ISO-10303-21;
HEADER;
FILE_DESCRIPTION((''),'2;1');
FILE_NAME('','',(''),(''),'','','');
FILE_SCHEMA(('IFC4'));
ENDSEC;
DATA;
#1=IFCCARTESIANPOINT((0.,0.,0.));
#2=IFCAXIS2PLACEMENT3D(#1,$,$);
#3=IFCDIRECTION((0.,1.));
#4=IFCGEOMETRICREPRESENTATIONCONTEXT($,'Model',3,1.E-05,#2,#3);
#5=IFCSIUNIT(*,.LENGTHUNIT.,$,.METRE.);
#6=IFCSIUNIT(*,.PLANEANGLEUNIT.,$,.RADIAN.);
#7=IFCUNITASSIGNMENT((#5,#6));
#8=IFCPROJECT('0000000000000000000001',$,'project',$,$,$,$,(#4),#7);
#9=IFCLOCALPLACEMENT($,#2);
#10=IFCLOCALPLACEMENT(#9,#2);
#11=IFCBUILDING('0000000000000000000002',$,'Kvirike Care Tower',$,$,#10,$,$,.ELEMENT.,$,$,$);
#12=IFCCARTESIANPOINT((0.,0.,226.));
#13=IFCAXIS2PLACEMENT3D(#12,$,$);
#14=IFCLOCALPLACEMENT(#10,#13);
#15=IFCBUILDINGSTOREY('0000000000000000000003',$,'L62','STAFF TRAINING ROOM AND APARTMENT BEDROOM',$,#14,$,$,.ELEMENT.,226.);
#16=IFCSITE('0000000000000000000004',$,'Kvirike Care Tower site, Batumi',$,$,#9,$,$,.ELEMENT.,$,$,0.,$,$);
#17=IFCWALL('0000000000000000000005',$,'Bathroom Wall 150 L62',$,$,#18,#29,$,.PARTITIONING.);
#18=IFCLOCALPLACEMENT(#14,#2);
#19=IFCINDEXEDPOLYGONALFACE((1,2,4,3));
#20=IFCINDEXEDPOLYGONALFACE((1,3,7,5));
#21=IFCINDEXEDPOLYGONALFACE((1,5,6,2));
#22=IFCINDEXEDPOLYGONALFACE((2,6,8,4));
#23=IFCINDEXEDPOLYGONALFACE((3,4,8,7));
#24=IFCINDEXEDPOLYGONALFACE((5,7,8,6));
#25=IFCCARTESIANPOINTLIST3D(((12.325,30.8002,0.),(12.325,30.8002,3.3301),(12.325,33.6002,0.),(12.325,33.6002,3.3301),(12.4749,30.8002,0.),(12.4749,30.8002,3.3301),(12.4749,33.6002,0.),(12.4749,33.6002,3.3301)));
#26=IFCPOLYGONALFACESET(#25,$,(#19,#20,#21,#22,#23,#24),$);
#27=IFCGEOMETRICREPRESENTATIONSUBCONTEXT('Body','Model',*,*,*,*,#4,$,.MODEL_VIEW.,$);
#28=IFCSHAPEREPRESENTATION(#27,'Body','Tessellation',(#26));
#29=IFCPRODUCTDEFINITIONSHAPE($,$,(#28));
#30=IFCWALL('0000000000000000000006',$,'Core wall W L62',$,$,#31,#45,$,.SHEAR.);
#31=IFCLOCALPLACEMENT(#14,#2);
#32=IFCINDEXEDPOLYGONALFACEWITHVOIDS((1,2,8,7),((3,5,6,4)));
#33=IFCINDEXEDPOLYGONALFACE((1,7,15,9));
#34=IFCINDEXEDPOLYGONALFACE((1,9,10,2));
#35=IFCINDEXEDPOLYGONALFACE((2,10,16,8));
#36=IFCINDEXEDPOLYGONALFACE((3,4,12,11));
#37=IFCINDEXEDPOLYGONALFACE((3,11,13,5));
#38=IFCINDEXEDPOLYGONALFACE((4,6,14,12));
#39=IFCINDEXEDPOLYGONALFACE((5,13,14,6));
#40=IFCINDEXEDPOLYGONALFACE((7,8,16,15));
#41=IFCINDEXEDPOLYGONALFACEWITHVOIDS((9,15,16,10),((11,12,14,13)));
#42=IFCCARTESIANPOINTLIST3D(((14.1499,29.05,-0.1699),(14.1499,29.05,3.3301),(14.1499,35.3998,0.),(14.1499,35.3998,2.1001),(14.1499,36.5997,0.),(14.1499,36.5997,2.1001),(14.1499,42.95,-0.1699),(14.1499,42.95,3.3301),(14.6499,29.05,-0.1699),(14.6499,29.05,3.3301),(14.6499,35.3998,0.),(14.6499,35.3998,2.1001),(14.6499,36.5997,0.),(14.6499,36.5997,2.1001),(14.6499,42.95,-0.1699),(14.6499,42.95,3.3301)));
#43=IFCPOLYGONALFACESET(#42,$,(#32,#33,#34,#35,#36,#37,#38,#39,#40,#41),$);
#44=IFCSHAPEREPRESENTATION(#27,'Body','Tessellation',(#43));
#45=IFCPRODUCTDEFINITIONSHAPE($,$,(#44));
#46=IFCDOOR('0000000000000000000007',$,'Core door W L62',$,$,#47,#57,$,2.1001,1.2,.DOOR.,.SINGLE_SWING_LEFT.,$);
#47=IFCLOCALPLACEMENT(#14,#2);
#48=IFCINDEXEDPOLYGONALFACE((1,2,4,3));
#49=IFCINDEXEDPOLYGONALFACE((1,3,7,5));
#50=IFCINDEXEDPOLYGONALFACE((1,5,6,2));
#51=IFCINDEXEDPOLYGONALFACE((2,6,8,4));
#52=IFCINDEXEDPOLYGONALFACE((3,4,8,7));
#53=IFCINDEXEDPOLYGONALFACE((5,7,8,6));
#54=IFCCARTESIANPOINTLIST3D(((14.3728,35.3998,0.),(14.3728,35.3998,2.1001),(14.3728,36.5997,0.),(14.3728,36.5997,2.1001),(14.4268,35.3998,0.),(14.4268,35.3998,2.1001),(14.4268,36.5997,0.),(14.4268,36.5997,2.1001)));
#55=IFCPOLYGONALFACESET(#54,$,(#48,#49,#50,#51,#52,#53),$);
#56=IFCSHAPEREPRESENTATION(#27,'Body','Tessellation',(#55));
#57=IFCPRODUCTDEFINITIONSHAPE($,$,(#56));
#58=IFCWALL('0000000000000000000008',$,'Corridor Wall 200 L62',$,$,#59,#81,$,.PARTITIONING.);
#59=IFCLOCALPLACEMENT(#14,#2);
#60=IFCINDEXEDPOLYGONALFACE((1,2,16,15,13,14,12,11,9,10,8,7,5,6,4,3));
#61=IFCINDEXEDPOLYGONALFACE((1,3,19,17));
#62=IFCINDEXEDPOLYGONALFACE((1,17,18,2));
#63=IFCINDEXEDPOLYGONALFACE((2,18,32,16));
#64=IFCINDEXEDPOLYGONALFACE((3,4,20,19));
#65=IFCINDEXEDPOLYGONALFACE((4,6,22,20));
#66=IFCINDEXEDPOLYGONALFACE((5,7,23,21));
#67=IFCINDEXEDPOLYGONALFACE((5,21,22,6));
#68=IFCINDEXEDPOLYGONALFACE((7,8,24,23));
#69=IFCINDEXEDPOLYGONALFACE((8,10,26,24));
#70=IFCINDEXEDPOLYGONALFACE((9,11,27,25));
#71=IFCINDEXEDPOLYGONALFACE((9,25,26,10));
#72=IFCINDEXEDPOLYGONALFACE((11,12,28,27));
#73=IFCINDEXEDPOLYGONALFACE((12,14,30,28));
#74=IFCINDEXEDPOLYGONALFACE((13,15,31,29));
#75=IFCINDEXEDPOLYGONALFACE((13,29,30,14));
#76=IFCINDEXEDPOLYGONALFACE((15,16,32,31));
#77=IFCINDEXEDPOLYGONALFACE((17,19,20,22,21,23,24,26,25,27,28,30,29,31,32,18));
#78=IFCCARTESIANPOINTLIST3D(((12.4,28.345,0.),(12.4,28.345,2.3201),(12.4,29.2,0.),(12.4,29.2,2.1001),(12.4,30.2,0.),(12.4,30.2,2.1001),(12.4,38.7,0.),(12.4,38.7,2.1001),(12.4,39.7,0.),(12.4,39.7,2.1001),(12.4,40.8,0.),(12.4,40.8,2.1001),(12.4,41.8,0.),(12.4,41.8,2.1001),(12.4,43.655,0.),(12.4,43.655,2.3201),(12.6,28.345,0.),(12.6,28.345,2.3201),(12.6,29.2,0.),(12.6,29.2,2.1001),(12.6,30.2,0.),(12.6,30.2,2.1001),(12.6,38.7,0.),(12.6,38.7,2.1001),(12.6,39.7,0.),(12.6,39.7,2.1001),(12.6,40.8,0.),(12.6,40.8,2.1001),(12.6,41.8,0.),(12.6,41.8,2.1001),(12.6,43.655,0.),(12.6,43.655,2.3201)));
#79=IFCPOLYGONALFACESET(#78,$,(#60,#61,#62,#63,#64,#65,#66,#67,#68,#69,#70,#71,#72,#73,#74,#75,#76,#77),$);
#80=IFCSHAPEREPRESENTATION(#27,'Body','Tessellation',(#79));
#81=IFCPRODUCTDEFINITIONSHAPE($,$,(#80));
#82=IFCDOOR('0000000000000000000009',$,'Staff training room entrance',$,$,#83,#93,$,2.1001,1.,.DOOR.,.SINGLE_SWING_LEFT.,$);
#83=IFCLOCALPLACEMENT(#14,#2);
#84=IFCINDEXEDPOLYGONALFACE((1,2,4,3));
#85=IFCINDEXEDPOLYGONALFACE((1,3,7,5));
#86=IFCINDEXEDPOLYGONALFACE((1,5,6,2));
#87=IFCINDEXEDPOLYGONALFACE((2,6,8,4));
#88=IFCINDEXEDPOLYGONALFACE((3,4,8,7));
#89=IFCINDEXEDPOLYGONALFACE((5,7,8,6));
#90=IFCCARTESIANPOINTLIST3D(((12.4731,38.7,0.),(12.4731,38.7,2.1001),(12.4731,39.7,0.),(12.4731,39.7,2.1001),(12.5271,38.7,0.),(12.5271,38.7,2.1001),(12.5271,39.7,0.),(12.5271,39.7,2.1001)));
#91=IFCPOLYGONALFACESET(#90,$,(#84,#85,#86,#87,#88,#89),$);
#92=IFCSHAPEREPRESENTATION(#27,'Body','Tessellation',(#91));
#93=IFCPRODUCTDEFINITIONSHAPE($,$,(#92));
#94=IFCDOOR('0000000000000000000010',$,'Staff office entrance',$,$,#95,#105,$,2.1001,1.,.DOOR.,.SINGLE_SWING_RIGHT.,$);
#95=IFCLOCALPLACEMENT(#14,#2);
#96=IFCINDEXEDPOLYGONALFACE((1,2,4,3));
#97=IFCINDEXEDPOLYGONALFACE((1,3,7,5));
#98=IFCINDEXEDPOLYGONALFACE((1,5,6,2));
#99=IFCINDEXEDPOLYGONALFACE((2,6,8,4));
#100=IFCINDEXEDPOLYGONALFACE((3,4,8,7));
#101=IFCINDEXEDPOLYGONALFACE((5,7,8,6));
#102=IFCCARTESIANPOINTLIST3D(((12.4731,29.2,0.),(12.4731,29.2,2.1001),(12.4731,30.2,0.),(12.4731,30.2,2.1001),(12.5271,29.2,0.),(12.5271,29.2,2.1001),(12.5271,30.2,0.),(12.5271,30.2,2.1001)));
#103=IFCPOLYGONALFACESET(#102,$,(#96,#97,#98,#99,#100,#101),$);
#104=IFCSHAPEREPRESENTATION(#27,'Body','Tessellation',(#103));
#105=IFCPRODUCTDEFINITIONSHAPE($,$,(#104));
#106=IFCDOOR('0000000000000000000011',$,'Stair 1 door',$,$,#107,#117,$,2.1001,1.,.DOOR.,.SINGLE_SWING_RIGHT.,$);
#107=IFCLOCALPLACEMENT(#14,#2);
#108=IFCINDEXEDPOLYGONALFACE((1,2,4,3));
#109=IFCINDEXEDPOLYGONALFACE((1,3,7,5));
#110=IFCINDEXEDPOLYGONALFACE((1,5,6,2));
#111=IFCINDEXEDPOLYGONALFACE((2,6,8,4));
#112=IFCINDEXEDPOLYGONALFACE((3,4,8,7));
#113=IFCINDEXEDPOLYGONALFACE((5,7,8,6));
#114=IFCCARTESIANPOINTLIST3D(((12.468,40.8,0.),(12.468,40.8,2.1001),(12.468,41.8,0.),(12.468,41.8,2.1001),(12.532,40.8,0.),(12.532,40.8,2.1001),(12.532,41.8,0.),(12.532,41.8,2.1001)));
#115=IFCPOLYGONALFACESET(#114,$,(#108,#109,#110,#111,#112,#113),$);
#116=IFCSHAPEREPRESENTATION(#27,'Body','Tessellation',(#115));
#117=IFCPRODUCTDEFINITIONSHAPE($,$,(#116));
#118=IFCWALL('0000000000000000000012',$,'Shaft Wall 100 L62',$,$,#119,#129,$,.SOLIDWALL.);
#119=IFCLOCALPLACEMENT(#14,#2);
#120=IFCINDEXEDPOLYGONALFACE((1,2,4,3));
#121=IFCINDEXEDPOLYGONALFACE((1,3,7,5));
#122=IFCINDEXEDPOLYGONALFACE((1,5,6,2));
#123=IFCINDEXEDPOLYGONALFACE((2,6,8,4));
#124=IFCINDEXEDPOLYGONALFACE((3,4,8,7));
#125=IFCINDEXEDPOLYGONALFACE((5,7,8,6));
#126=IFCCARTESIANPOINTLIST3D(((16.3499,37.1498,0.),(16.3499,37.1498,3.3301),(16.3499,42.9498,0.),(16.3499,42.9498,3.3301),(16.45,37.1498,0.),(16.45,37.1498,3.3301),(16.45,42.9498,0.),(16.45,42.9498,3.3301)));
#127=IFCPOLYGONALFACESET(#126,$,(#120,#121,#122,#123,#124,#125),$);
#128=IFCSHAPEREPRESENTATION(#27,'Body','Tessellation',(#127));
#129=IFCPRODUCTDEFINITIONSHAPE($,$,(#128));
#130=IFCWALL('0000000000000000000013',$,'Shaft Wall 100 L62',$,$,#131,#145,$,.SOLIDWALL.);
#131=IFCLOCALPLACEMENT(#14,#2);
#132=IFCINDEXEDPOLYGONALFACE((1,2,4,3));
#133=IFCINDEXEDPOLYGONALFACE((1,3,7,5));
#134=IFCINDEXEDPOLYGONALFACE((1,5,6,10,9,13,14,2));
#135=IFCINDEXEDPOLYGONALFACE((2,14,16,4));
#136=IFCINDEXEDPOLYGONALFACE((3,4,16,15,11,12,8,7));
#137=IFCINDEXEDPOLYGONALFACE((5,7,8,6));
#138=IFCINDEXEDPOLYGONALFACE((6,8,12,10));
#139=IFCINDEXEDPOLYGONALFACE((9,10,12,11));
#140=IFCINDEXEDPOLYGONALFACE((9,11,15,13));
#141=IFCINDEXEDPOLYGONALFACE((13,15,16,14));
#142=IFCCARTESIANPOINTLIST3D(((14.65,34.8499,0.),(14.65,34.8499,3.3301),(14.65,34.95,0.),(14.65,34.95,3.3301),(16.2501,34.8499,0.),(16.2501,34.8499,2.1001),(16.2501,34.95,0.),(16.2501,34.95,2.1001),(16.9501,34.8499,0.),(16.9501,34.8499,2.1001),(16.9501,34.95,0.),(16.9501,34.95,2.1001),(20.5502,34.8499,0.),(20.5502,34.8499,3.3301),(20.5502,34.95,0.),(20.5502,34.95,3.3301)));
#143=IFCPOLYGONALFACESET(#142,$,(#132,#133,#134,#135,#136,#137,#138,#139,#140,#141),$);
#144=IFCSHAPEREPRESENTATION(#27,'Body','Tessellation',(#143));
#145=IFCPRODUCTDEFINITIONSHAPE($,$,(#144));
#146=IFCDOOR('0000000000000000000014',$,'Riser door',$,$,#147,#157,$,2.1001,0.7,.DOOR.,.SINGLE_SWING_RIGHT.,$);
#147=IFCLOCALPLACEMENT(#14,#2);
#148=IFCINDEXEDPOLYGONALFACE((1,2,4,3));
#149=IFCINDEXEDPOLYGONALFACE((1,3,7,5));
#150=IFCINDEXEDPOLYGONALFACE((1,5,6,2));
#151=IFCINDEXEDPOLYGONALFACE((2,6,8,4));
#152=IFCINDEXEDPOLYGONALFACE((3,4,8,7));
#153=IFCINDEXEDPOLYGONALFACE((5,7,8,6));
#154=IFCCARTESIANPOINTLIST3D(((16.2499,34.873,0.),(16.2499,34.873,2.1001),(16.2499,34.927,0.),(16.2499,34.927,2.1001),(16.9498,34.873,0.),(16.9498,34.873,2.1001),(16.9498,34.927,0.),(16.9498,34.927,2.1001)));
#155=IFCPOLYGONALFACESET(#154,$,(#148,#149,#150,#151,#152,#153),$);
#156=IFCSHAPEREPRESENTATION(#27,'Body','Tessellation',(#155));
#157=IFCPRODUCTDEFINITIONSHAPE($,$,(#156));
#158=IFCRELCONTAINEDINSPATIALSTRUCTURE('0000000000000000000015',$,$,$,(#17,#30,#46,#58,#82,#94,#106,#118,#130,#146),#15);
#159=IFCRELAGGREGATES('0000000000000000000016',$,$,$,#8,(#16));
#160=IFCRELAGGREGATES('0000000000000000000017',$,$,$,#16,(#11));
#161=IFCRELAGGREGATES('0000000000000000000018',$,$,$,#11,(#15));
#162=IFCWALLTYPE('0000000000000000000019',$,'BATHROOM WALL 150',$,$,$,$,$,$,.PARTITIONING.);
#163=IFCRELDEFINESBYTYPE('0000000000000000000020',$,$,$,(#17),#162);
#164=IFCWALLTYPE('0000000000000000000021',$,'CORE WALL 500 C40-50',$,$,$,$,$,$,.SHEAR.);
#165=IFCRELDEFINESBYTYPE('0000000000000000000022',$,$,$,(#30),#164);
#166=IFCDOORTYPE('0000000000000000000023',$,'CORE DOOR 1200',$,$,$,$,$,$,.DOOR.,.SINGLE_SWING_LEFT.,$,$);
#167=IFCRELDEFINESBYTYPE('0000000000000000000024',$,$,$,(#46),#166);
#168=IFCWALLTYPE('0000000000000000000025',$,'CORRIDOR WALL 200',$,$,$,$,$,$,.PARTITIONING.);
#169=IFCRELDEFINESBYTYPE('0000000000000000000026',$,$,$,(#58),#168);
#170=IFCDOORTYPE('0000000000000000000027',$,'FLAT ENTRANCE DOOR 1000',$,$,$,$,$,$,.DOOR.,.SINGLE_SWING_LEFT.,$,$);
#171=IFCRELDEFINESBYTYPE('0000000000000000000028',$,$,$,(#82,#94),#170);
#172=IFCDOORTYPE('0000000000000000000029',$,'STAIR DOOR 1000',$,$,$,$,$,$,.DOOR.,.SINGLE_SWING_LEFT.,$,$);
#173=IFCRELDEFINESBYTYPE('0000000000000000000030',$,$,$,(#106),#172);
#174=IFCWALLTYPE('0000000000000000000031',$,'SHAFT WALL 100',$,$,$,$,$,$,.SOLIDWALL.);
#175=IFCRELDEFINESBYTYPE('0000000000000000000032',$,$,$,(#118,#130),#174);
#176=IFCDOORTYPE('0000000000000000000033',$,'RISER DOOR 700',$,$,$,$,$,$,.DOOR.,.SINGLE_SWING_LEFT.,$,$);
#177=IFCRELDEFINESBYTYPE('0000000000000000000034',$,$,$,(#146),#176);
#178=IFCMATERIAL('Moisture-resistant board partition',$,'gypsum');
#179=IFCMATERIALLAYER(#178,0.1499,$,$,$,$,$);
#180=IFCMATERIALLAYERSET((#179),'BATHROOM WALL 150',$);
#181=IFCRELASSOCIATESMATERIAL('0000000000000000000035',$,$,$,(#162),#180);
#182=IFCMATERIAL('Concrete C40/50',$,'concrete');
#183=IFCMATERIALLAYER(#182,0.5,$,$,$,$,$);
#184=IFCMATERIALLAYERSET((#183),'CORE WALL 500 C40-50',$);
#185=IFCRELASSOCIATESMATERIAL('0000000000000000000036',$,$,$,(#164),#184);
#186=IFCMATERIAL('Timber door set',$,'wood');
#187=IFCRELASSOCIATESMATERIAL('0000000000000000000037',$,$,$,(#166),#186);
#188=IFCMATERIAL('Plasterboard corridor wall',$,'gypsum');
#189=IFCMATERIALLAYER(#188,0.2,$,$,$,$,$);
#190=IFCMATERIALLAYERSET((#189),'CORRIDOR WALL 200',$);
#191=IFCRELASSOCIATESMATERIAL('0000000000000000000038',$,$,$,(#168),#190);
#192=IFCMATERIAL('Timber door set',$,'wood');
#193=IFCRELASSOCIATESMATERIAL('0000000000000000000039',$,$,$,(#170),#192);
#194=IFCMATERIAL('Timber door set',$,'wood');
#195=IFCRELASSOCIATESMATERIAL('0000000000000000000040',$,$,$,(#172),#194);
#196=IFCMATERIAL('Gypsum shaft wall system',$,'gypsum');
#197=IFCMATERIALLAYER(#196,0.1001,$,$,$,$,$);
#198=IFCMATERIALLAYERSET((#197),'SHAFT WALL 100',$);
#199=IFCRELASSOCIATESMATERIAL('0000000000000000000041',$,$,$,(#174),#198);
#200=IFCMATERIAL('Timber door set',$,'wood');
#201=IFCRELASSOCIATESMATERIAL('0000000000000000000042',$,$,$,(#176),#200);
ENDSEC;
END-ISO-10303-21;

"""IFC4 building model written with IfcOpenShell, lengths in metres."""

from ifc_helpers import new_model, si_unit, direction, frame, frame_2d, origin, place, context, subcontext, project, spatial, rectangle, extrude, material, layer, layer_set, type_object, element, fill, save


model = new_model("IFC4")

# Units and contexts
model_context = context("Model", 3, precision=1e-05, world=origin(), true_north=direction((0.0, 1.0)))
body_context = subcontext(model_context, "Body", "Model", "MODEL_VIEW")
ifc_project = project(units=[si_unit("LENGTHUNIT", "METRE"), si_unit("PLANEANGLEUNIT", "RADIAN")], contexts=[model_context])

# Site, building, storey
site_placement = place(None, origin())
site = spatial("IfcSite", under=ifc_project, at=site_placement, Name="Kvirike Care Tower site, Batumi", CompositionType="ELEMENT", RefElevation=0.0)
building_placement = place(site_placement, origin())
building = spatial("IfcBuilding", under=site, at=building_placement, Name="Kvirike Care Tower", CompositionType="ELEMENT")
storey_placement = place(building_placement, frame((0.0, 0.0, 226.0)))
storey = spatial("IfcBuildingStorey", under=building, at=storey_placement, Name="L62", Description="STAFF TRAINING ROOM AND APARTMENT BEDROOM", CompositionType="ELEMENT", Elevation=226.0)

# Wall
ifc_material_1 = material(Name="Moisture-resistant board partition", Category="gypsum")
ifc_layer_1 = layer(ifc_material_1, 0.1499)
ifc_layer_set_1 = layer_set([ifc_layer_1], Name="BATHROOM WALL 150")
wall_type_1 = type_object("IfcWallType", Name="BATHROOM WALL 150", PredefinedType="PARTITIONING", material=ifc_layer_set_1)
wall_1_placement = place(storey_placement, frame((12.3999, 33.6001, 0.0), z_axis=(0.0, 0.0, 1.0), x_axis=(0.0, -1.0, 0.0)))
element("IfcWall", 1, at=wall_1_placement, inside=storey, type_object=wall_type_1, Name="Bathroom Wall 150 L62", PredefinedType="PARTITIONING", context=body_context, shape_type="SweptSolid", body=[
    extrude(rectangle(XDim=2.8, YDim=0.1499, at=frame_2d((1.3999, 0.0))), origin(), (0.0, 0.0, 1.0), 3.3301),
])

# Wall, opening, door
ifc_material_2 = material(Name="Concrete C40/50", Category="concrete")
ifc_layer_2 = layer(ifc_material_2, 0.5)
ifc_layer_set_2 = layer_set([ifc_layer_2], Name="CORE WALL 500 C40-50")
wall_type_2 = type_object("IfcWallType", Name="CORE WALL 500 C40-50", PredefinedType="SHEAR", material=ifc_layer_set_2)
wall_2_placement = place(storey_placement, frame((14.3999, 42.95, -0.1699), z_axis=(0.0, 0.0, 1.0), x_axis=(0.0, -1.0, 0.0)))
wall_2 = element("IfcWall", 2, at=wall_2_placement, inside=storey, type_object=wall_type_2, Name="Core wall W L62", PredefinedType="SHEAR", context=body_context, shape_type="SweptSolid", body=[
    extrude(rectangle(XDim=13.8999, YDim=0.5, at=frame_2d((6.95, 0.0))), origin(), (0.0, 0.0, 1.0), 3.5),
])
opening_1_placement = place(wall_2_placement, frame((6.3501, 0.0, 0.1699)))
opening_1 = element("IfcOpeningElement", 3, at=opening_1_placement, cuts=wall_2, PredefinedType="OPENING", context=body_context, shape_type="SweptSolid", body=[
    extrude(rectangle(XDim=1.2, YDim=2.1001, at=frame_2d((0.6001, 1.05))), frame((0.0, 0.2605, 0.0), z_axis=(0.0, -1.0, 0.0), x_axis=(1.0, 0.0, 0.0)), (0.0, 0.0, 1.0), 0.521),
])
ifc_material_3 = material(Name="Timber door set", Category="wood")
door_type_1 = type_object("IfcDoorType", Name="CORE DOOR 1200", OperationType="SINGLE_SWING_LEFT", PredefinedType="DOOR", material=ifc_material_3)
door_1_placement = place(opening_1_placement, origin())
door_1 = element("IfcDoor", 4, at=door_1_placement, inside=storey, type_object=door_type_1, Name="Core door W L62", OperationType="SINGLE_SWING_LEFT", OverallHeight=2.1001, OverallWidth=1.2, PredefinedType="DOOR", context=body_context, shape_type="SweptSolid", body=[
    extrude(rectangle(XDim=1.2, YDim=2.1001, at=frame_2d((0.6001, 1.05))), frame((0.0, 0.0269, 0.0), z_axis=(0.0, -1.0, 0.0), x_axis=(1.0, 0.0, 0.0)), (0.0, 0.0, 1.0), 0.054),
])
fill(opening_1, door_1)

# Wall, openings, doors
ifc_material_4 = material(Name="Plasterboard corridor wall", Category="gypsum")
ifc_layer_3 = layer(ifc_material_4, 0.2)
ifc_layer_set_3 = layer_set([ifc_layer_3], Name="CORRIDOR WALL 200")
wall_type_3 = type_object("IfcWallType", Name="CORRIDOR WALL 200", PredefinedType="PARTITIONING", material=ifc_layer_set_3)
wall_3_placement = place(storey_placement, frame((12.5, 43.655, 0.0), z_axis=(0.0, 0.0, 1.0), x_axis=(0.0, -1.0, 0.0)))
wall_3 = element("IfcWall", 5, at=wall_3_placement, inside=storey, type_object=wall_type_3, Name="Corridor Wall 200 L62", PredefinedType="PARTITIONING", context=body_context, shape_type="SweptSolid", body=[
    extrude(rectangle(XDim=15.3101, YDim=0.2, at=frame_2d((7.655, 0.0))), origin(), (0.0, 0.0, 1.0), 2.3201),
])
opening_2_placement = place(wall_3_placement, frame((1.855, 0.0, 0.0)))
opening_2 = element("IfcOpeningElement", 6, at=opening_2_placement, cuts=wall_3, PredefinedType="OPENING", context=body_context, shape_type="SweptSolid", body=[
    extrude(rectangle(XDim=1.0, YDim=2.1001, at=frame_2d((0.5, 1.05))), frame((0.0, 0.1106, 0.0), z_axis=(0.0, -1.0, 0.0), x_axis=(1.0, 0.0, 0.0)), (0.0, 0.0, 1.0), 0.2209),
])
opening_3_placement = place(wall_3_placement, frame((3.9551, 0.0, 0.0)))
opening_3 = element("IfcOpeningElement", 7, at=opening_3_placement, cuts=wall_3, PredefinedType="OPENING", context=body_context, shape_type="SweptSolid", body=[
    extrude(rectangle(XDim=1.0, YDim=2.1001, at=frame_2d((0.5, 1.05))), frame((0.0, 0.1106, 0.0), z_axis=(0.0, -1.0, 0.0), x_axis=(1.0, 0.0, 0.0)), (0.0, 0.0, 1.0), 0.2209),
])
opening_4_placement = place(wall_3_placement, frame((13.4551, 0.0, 0.0)))
opening_4 = element("IfcOpeningElement", 8, at=opening_4_placement, cuts=wall_3, PredefinedType="OPENING", context=body_context, shape_type="SweptSolid", body=[
    extrude(rectangle(XDim=1.0, YDim=2.1001, at=frame_2d((0.5, 1.05))), frame((0.0, 0.1106, 0.0), z_axis=(0.0, -1.0, 0.0), x_axis=(1.0, 0.0, 0.0)), (0.0, 0.0, 1.0), 0.2209),
])
ifc_material_5 = material(Name="Timber door set", Category="wood")
door_type_2 = type_object("IfcDoorType", Name="FLAT ENTRANCE DOOR 1000", OperationType="SINGLE_SWING_LEFT", PredefinedType="DOOR", material=ifc_material_5)
door_2_placement = place(opening_3_placement, frame((1.0, 0.0, 0.0), z_axis=(0.0, 0.0, 1.0), x_axis=(-1.0, 0.0, 0.0)))
door_2 = element("IfcDoor", 9, at=door_2_placement, inside=storey, type_object=door_type_2, Name="Staff training room entrance", OperationType="SINGLE_SWING_LEFT", OverallHeight=2.1001, OverallWidth=1.0, PredefinedType="DOOR", context=body_context, shape_type="SweptSolid", body=[
    extrude(rectangle(XDim=1.0, YDim=2.1001, at=frame_2d((0.5, 1.05))), frame((0.0, 0.0269, 0.0), z_axis=(0.0, -1.0, 0.0), x_axis=(1.0, 0.0, 0.0)), (0.0, 0.0, 1.0), 0.054),
])
fill(opening_3, door_2)
door_3_placement = place(opening_4_placement, frame((1.0, 0.0, 0.0), z_axis=(0.0, 0.0, 1.0), x_axis=(-1.0, 0.0, 0.0)))
door_3 = element("IfcDoor", 10, at=door_3_placement, inside=storey, type_object=door_type_2, Name="Staff office entrance", OperationType="SINGLE_SWING_RIGHT", OverallHeight=2.1001, OverallWidth=1.0, PredefinedType="DOOR", context=body_context, shape_type="SweptSolid", body=[
    extrude(rectangle(XDim=1.0, YDim=2.1001, at=frame_2d((0.5, 1.05))), frame((0.0, 0.0269, 0.0), z_axis=(0.0, -1.0, 0.0), x_axis=(1.0, 0.0, 0.0)), (0.0, 0.0, 1.0), 0.054),
])
fill(opening_4, door_3)
ifc_material_6 = material(Name="Timber door set", Category="wood")
door_type_3 = type_object("IfcDoorType", Name="STAIR DOOR 1000", OperationType="SINGLE_SWING_LEFT", PredefinedType="DOOR", material=ifc_material_6)
door_4_placement = place(opening_2_placement, frame((1.0, 0.0, 0.0), z_axis=(0.0, 0.0, 1.0), x_axis=(-1.0, 0.0, 0.0)))
door_4 = element("IfcDoor", 11, at=door_4_placement, inside=storey, type_object=door_type_3, Name="Stair 1 door", OperationType="SINGLE_SWING_RIGHT", OverallHeight=2.1001, OverallWidth=1.0, PredefinedType="DOOR", context=body_context, shape_type="SweptSolid", body=[
    extrude(rectangle(XDim=1.0, YDim=2.1001, at=frame_2d((0.5, 1.05))), frame((0.0, 0.032, 0.0), z_axis=(0.0, -1.0, 0.0), x_axis=(1.0, 0.0, 0.0)), (0.0, 0.0, 1.0), 0.064),
])
fill(opening_2, door_4)

# Wall
ifc_material_7 = material(Name="Gypsum shaft wall system", Category="gypsum")
ifc_layer_4 = layer(ifc_material_7, 0.1001)
ifc_layer_set_4 = layer_set([ifc_layer_4], Name="SHAFT WALL 100")
wall_type_4 = type_object("IfcWallType", Name="SHAFT WALL 100", PredefinedType="SOLIDWALL", material=ifc_layer_set_4)
wall_4_placement = place(storey_placement, frame((16.3999, 37.1499, 0.0), z_axis=(0.0, 0.0, 1.0), x_axis=(0.0, 1.0, 0.0)))
element("IfcWall", 12, at=wall_4_placement, inside=storey, type_object=wall_type_4, Name="Shaft Wall 100 L62", PredefinedType="SOLIDWALL", context=body_context, shape_type="SweptSolid", body=[
    extrude(rectangle(XDim=5.8, YDim=0.1001, at=frame_2d((2.8999, 0.0))), origin(), (0.0, 0.0, 1.0), 3.3301),
])

# Wall, opening, door
wall_5_placement = place(storey_placement, frame((14.6499, 34.8999, 0.0), z_axis=(0.0, 0.0, 1.0), x_axis=(1.0, 0.0, 0.0)))
wall_5 = element("IfcWall", 13, at=wall_5_placement, inside=storey, type_object=wall_type_4, Name="Shaft Wall 100 L62", PredefinedType="SOLIDWALL", context=body_context, shape_type="SweptSolid", body=[
    extrude(rectangle(XDim=5.9001, YDim=0.1001, at=frame_2d((2.9502, 0.0))), origin(), (0.0, 0.0, 1.0), 3.3301),
])
opening_5_placement = place(wall_5_placement, frame((1.6001, 0.0, 0.0)))
opening_5 = element("IfcOpeningElement", 14, at=opening_5_placement, cuts=wall_5, PredefinedType="OPENING", context=body_context, shape_type="SweptSolid", body=[
    extrude(rectangle(XDim=0.7, YDim=2.1001, at=frame_2d((0.3501, 1.05))), frame((0.0, 0.0605, 0.0), z_axis=(0.0, -1.0, 0.0), x_axis=(1.0, 0.0, 0.0)), (0.0, 0.0, 1.0), 0.1211),
])
ifc_material_8 = material(Name="Timber door set", Category="wood")
door_type_4 = type_object("IfcDoorType", Name="RISER DOOR 700", OperationType="SINGLE_SWING_LEFT", PredefinedType="DOOR", material=ifc_material_8)
door_5_placement = place(opening_5_placement, frame((0.7, 0.0, 0.0), z_axis=(0.0, 0.0, 1.0), x_axis=(-1.0, 0.0, 0.0)))
door_5 = element("IfcDoor", 15, at=door_5_placement, inside=storey, type_object=door_type_4, Name="Riser door", OperationType="SINGLE_SWING_RIGHT", OverallHeight=2.1001, OverallWidth=0.7, PredefinedType="DOOR", context=body_context, shape_type="SweptSolid", body=[
    extrude(rectangle(XDim=0.7, YDim=2.1001, at=frame_2d((0.3501, 1.05))), frame((0.0, 0.0269, 0.0), z_axis=(0.0, -1.0, 0.0), x_axis=(1.0, 0.0, 0.0)), (0.0, 0.0, 1.0), 0.054),
])
fill(opening_5, door_5)

save(model, "model.ifc")
